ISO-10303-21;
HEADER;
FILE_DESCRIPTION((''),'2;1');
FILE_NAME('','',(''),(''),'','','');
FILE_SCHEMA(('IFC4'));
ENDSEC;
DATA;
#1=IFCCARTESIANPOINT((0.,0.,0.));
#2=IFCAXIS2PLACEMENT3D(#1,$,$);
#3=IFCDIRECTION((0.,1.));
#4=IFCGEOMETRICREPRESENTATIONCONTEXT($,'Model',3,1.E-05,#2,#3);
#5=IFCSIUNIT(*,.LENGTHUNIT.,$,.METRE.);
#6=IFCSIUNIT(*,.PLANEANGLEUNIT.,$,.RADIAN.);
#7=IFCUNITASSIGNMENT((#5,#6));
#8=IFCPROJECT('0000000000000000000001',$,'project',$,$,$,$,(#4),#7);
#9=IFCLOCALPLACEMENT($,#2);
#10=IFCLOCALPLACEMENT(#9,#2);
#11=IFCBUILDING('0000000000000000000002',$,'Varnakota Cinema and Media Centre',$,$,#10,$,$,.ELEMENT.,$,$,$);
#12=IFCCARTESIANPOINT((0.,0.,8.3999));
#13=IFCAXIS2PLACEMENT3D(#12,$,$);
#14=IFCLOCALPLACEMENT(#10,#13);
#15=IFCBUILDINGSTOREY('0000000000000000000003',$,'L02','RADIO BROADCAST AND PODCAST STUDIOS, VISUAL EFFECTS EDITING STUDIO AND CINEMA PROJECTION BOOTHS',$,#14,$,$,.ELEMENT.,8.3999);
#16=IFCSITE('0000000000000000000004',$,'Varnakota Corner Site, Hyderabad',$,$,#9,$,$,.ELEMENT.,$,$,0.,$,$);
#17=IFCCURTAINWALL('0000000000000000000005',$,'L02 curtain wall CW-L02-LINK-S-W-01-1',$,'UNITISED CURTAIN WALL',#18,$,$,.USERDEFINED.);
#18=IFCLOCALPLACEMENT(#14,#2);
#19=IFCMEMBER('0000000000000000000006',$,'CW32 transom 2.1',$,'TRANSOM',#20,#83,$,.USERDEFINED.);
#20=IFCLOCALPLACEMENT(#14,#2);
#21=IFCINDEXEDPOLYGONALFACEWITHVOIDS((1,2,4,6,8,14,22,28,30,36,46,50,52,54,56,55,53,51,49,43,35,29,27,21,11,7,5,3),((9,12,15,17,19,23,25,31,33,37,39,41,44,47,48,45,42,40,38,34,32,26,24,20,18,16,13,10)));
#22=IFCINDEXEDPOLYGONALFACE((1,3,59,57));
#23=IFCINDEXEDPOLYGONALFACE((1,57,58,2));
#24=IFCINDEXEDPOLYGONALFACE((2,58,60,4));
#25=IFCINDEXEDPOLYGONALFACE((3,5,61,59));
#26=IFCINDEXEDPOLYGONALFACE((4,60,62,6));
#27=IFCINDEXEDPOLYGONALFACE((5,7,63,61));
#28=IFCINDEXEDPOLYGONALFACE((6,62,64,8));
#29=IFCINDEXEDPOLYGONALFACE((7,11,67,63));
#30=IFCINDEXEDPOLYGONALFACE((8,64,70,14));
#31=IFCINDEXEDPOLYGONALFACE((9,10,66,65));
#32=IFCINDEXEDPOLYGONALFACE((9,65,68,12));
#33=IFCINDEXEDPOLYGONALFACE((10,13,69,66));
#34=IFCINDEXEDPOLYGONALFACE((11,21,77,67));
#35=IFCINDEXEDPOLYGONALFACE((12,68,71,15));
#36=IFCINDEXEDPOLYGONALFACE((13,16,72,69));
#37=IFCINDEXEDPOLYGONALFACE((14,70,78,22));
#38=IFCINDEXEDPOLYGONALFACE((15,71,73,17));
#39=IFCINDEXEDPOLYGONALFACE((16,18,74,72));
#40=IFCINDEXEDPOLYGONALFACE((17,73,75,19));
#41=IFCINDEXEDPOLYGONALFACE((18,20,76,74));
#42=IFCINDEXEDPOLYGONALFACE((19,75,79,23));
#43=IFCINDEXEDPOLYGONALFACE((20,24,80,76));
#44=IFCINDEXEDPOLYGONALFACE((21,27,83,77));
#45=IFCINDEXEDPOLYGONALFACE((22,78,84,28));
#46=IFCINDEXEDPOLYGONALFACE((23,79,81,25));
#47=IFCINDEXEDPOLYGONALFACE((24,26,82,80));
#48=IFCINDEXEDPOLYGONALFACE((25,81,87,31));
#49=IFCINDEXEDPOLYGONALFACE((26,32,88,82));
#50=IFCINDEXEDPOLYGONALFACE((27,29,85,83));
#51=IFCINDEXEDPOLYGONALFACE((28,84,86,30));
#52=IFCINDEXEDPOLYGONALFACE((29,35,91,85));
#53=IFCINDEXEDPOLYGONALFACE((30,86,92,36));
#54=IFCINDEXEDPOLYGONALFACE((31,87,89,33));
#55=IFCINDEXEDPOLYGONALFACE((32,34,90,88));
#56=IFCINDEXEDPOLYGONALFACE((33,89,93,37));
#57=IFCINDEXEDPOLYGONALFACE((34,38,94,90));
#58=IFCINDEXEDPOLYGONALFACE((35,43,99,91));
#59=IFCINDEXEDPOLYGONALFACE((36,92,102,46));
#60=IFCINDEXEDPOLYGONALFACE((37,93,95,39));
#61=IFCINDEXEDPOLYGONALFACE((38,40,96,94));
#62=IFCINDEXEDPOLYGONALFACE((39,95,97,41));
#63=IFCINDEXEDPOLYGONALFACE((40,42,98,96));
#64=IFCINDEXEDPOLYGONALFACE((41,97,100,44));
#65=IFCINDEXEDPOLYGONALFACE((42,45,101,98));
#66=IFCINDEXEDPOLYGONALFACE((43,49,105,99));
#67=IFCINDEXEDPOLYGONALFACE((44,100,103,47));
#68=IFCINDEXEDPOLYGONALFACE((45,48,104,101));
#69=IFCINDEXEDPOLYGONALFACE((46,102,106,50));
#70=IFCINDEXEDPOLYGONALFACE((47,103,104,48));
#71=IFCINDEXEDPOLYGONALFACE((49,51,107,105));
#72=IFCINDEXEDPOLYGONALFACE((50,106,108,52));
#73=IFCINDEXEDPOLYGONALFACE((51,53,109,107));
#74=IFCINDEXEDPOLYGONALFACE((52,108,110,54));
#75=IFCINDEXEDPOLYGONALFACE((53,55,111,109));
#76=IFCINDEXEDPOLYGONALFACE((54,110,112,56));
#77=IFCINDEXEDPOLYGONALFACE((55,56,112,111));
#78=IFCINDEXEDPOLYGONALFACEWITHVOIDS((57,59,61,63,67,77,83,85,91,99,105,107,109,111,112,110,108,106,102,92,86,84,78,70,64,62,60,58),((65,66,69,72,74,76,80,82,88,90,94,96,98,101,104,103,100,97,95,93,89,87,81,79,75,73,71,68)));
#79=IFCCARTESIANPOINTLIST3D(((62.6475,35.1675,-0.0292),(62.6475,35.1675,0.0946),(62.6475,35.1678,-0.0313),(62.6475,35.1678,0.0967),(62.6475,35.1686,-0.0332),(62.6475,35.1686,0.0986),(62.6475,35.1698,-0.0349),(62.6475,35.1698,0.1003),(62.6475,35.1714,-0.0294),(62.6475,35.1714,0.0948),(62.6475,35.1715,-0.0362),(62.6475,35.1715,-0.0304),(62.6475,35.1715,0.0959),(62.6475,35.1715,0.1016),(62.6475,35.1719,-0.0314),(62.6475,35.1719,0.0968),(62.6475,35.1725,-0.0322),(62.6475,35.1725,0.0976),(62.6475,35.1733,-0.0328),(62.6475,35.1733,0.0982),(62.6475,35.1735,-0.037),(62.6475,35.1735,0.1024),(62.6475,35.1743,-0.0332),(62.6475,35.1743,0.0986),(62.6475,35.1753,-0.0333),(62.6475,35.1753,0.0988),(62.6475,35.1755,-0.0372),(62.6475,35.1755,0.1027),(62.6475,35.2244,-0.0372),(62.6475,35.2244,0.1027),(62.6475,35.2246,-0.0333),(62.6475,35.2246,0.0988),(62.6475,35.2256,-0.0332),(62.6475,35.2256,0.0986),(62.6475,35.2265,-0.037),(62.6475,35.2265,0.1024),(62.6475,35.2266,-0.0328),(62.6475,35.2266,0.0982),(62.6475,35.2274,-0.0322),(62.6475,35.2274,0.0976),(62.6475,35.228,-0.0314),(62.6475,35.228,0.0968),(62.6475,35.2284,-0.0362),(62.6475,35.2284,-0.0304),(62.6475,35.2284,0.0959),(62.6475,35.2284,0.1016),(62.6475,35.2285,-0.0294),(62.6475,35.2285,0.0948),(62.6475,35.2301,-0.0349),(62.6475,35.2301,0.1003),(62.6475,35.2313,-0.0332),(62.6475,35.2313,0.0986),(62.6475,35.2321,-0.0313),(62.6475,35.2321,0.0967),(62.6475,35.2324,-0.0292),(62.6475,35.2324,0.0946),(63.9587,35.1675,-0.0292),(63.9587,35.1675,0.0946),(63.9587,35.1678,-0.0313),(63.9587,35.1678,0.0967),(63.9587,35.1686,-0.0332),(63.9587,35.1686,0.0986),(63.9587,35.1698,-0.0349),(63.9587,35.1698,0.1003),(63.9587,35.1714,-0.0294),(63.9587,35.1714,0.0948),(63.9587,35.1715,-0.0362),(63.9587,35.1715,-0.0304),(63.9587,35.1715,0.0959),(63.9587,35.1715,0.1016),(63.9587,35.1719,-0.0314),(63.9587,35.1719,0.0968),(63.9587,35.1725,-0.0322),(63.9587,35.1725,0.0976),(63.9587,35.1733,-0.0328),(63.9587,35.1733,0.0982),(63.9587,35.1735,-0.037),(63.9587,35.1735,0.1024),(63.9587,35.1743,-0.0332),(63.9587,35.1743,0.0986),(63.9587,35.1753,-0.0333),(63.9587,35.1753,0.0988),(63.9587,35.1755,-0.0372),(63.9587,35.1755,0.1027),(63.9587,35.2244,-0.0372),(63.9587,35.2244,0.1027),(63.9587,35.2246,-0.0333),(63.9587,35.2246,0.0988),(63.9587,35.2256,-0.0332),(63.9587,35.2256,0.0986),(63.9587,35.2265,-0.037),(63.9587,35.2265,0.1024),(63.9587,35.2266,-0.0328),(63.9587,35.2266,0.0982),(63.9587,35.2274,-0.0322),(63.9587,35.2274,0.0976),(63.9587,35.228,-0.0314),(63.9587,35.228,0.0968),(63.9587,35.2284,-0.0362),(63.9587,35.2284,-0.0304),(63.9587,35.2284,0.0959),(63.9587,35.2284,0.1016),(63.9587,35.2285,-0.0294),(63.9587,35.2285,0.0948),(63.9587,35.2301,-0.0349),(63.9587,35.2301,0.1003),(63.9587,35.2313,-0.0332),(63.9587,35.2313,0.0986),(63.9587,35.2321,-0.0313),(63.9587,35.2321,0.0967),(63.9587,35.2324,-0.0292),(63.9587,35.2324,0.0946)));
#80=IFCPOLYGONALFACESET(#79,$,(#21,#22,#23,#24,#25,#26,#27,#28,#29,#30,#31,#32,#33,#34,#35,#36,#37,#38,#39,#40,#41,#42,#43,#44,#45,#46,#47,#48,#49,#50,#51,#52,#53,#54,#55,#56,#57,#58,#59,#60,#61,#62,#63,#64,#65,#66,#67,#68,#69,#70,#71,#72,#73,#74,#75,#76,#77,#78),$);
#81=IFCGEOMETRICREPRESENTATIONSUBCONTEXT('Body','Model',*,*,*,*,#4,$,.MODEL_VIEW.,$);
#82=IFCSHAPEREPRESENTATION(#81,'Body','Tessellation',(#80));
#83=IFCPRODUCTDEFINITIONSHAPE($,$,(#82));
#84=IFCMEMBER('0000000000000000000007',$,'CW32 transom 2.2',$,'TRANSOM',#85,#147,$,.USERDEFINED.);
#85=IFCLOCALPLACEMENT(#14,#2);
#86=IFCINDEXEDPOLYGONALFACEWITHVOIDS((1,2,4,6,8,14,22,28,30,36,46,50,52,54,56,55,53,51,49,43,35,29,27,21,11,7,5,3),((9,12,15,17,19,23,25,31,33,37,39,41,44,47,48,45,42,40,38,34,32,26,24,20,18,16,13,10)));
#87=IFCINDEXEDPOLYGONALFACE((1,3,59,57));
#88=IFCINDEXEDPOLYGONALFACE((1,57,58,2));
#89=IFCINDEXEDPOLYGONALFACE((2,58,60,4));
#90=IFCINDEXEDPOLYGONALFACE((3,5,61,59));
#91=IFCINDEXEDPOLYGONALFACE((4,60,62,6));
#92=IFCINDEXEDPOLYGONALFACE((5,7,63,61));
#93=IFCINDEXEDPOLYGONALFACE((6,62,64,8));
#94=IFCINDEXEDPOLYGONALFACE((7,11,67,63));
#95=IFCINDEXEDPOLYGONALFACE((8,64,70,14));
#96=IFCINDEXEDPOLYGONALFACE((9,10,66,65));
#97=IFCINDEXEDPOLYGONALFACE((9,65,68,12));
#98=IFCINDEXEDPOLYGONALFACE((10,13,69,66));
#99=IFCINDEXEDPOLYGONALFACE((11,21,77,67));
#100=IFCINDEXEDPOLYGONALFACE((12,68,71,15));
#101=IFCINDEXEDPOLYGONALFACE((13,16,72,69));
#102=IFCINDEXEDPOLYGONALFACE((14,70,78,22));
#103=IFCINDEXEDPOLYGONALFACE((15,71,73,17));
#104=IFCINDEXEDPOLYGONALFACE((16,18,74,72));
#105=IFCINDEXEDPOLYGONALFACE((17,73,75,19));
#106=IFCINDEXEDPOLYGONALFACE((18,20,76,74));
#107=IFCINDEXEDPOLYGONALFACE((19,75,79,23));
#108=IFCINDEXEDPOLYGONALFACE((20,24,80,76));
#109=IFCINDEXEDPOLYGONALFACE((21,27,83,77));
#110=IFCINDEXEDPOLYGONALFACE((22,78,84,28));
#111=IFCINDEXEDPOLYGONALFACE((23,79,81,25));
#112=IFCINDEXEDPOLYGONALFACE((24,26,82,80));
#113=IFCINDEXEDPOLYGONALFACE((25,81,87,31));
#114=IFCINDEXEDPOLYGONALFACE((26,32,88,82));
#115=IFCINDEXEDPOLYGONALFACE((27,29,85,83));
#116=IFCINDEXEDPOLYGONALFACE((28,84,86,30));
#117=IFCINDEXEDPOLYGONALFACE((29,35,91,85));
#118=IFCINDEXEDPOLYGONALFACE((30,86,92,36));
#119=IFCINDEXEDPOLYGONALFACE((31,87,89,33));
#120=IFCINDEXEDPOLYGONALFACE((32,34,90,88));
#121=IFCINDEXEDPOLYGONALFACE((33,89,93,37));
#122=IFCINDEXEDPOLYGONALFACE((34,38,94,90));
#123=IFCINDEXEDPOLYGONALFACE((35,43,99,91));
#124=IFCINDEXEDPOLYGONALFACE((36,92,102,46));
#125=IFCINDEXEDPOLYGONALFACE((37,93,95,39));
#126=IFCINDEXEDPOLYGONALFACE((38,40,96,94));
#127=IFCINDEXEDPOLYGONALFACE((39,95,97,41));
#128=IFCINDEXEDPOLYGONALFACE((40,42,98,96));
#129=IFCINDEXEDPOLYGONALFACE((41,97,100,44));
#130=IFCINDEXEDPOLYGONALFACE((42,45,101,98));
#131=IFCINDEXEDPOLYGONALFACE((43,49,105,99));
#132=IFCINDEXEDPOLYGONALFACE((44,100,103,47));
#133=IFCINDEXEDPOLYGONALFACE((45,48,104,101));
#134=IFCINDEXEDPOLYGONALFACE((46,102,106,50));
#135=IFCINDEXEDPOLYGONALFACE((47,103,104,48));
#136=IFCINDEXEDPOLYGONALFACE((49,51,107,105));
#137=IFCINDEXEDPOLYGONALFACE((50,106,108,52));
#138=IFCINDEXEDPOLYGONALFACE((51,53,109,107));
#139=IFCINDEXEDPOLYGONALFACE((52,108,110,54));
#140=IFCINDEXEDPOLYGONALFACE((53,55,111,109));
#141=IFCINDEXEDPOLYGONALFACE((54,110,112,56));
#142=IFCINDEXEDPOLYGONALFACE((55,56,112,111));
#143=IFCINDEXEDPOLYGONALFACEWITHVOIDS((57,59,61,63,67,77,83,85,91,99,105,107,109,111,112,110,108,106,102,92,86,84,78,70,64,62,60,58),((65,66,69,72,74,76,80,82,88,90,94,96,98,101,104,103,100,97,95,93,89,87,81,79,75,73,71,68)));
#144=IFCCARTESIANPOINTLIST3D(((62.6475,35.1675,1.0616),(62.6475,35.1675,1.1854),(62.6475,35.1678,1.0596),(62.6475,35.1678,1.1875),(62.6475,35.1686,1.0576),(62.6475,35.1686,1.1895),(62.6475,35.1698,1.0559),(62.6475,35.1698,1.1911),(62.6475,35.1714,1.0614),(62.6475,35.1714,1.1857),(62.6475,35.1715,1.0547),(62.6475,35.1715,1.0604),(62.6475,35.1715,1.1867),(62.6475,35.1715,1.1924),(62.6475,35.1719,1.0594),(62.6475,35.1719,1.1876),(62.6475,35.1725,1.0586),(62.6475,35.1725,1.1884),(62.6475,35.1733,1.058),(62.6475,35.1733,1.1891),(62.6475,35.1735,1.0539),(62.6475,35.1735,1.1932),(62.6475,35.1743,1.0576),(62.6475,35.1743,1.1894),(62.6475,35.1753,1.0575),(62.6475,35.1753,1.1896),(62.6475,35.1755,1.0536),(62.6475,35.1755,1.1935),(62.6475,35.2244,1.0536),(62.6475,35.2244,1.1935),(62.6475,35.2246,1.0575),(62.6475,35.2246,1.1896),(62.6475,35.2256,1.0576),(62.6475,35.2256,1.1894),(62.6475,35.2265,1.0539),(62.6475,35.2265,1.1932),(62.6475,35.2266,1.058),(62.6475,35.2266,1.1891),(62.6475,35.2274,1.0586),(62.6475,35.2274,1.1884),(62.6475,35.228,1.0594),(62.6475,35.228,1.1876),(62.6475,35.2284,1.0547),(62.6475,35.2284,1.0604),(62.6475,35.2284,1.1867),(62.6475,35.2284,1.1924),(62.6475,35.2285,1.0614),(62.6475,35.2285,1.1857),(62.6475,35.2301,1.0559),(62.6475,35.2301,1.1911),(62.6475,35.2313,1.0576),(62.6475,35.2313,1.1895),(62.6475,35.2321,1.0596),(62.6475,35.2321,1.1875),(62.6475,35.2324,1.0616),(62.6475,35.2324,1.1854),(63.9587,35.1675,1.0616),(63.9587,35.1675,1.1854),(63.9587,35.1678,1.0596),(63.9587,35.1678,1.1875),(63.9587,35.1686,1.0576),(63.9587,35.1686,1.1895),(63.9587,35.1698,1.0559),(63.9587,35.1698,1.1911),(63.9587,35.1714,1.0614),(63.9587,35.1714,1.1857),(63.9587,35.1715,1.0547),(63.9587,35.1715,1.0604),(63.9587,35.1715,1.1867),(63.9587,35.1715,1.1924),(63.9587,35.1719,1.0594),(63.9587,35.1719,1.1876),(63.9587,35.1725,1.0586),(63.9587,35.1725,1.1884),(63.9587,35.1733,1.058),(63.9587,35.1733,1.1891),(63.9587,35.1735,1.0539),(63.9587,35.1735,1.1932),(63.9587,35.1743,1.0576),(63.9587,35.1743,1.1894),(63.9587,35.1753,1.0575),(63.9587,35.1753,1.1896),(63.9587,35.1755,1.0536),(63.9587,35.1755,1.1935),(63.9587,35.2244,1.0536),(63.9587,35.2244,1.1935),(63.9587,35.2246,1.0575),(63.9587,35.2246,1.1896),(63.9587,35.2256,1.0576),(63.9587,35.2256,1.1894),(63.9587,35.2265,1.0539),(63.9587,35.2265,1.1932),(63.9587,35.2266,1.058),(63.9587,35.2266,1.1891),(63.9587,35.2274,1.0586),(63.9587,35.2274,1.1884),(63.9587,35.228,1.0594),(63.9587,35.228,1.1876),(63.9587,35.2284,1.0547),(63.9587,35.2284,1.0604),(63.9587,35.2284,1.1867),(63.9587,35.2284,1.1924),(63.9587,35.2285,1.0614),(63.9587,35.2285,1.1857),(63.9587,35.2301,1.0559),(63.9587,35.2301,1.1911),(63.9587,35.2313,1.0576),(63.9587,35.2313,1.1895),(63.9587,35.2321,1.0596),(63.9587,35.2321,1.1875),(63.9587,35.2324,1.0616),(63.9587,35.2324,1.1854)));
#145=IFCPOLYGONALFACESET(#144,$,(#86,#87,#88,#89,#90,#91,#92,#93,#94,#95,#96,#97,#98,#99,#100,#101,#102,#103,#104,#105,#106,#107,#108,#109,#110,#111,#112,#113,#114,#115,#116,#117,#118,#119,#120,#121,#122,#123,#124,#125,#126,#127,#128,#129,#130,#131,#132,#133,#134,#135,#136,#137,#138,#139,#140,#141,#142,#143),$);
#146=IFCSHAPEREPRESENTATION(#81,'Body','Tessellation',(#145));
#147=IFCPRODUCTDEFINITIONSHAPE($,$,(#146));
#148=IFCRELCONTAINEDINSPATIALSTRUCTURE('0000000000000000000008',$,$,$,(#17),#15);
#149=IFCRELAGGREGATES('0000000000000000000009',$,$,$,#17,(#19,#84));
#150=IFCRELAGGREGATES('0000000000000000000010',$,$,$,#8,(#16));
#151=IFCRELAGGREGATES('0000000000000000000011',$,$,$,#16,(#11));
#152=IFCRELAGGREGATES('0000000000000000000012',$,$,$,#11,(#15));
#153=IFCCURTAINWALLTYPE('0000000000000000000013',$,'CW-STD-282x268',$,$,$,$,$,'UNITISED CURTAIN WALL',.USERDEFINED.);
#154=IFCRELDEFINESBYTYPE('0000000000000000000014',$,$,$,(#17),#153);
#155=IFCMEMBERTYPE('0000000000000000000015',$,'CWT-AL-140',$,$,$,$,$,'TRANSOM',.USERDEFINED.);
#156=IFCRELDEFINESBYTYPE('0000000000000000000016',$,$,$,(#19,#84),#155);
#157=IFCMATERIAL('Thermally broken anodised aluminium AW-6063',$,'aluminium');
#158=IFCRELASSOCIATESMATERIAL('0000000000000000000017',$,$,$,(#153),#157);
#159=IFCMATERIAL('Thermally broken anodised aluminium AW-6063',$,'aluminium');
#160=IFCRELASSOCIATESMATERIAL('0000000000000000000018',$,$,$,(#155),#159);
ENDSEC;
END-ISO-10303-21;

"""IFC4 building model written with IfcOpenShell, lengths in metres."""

from ifc_helpers import new_model, si_unit, direction, frame, origin, origin_2d, place, context, subcontext, project, spatial, hollow_rectangle, extrude, material, material_profile, profile_set, type_object, element, aggregate, save


model = new_model("IFC4")

# Units and contexts
model_context = context("Model", 3, precision=1e-05, world=origin(), true_north=direction((0.0, 1.0)))
body_context = subcontext(model_context, "Body", "Model", "MODEL_VIEW")
ifc_project = project(units=[si_unit("LENGTHUNIT", "METRE"), si_unit("PLANEANGLEUNIT", "RADIAN")], contexts=[model_context])

# Site, building, storey
site_placement = place(None, origin())
site = spatial("IfcSite", under=ifc_project, at=site_placement, Name="Varnakota Corner Site, Hyderabad", CompositionType="ELEMENT", RefElevation=0.0)
building_placement = place(site_placement, origin())
building = spatial("IfcBuilding", under=site, at=building_placement, Name="Varnakota Cinema and Media Centre", CompositionType="ELEMENT")
storey_placement = place(building_placement, frame((0.0, 0.0, 8.3999)))
storey = spatial("IfcBuildingStorey", under=building, at=storey_placement, Name="L02", Description="RADIO BROADCAST AND PODCAST STUDIOS, VISUAL EFFECTS EDITING STUDIO AND CINEMA PROJECTION BOOTHS", CompositionType="ELEMENT", Elevation=8.3999)

# Curtain wall, members
ifc_material_1 = material(Name="Thermally broken anodised aluminium AW-6063", Category="aluminium")
curtain_wall_type = type_object("IfcCurtainWallType", Name="CW-STD-282x268", ElementType="UNITISED CURTAIN WALL", PredefinedType="USERDEFINED", material=ifc_material_1)
curtain_wall_placement = place(storey_placement, origin())
curtain_wall = element("IfcCurtainWall", 1, at=curtain_wall_placement, inside=storey, type_object=curtain_wall_type, Name="L02 curtain wall CW-L02-LINK-S-W-01-1", ObjectType="UNITISED CURTAIN WALL", PredefinedType="USERDEFINED")
ifc_material_2 = material(Name="Thermally broken anodised aluminium AW-6063", Category="aluminium")
ifc_material_profile_1 = material_profile(ifc_material_2, hollow_rectangle(XDim=0.0649, YDim=0.1399, WallThickness=0.0039, InnerFilletRadius=0.0039, OuterFilletRadius=0.0081, at=origin_2d()), Name="AL-TRANSOM 140x65x4")
ifc_profile_set_1 = profile_set([ifc_material_profile_1], Name="Thermally broken anodised aluminium AW-6063")
member_type_1 = type_object("IfcMemberType", Name="CWT-AL-140", ElementType="TRANSOM", PredefinedType="USERDEFINED", material=ifc_profile_set_1)
member_1_placement = place(storey_placement, frame((63.9587, 35.2, 0.0327), z_axis=(-1.0, 0.0, 0.0), x_axis=(0.0, -1.0, 0.0)))
member_1 = element("IfcMember", 2, at=member_1_placement, type_object=member_type_1, Name="CW32 transom 2.1", ObjectType="TRANSOM", PredefinedType="USERDEFINED", context=body_context, shape_type="SweptSolid", body=[
    extrude(hollow_rectangle(XDim=0.0649, YDim=0.1399, WallThickness=0.0039, InnerFilletRadius=0.0039, OuterFilletRadius=0.0081, at=origin_2d()), origin(), (0.0, 0.0, 1.0), 1.3113),
])
member_2_placement = place(storey_placement, frame((63.9587, 35.2, 1.1235), z_axis=(-1.0, 0.0, 0.0), x_axis=(0.0, -1.0, 0.0)))
member_2 = element("IfcMember", 3, at=member_2_placement, type_object=member_type_1, Name="CW32 transom 2.2", ObjectType="TRANSOM", PredefinedType="USERDEFINED", context=body_context, shape_type="SweptSolid", body=[
    extrude(hollow_rectangle(XDim=0.0649, YDim=0.1399, WallThickness=0.0039, InnerFilletRadius=0.0039, OuterFilletRadius=0.0081, at=origin_2d()), origin(), (0.0, 0.0, 1.0), 1.3113),
])

aggregate(curtain_wall, [member_1, member_2])

save(model, "model.ifc")
